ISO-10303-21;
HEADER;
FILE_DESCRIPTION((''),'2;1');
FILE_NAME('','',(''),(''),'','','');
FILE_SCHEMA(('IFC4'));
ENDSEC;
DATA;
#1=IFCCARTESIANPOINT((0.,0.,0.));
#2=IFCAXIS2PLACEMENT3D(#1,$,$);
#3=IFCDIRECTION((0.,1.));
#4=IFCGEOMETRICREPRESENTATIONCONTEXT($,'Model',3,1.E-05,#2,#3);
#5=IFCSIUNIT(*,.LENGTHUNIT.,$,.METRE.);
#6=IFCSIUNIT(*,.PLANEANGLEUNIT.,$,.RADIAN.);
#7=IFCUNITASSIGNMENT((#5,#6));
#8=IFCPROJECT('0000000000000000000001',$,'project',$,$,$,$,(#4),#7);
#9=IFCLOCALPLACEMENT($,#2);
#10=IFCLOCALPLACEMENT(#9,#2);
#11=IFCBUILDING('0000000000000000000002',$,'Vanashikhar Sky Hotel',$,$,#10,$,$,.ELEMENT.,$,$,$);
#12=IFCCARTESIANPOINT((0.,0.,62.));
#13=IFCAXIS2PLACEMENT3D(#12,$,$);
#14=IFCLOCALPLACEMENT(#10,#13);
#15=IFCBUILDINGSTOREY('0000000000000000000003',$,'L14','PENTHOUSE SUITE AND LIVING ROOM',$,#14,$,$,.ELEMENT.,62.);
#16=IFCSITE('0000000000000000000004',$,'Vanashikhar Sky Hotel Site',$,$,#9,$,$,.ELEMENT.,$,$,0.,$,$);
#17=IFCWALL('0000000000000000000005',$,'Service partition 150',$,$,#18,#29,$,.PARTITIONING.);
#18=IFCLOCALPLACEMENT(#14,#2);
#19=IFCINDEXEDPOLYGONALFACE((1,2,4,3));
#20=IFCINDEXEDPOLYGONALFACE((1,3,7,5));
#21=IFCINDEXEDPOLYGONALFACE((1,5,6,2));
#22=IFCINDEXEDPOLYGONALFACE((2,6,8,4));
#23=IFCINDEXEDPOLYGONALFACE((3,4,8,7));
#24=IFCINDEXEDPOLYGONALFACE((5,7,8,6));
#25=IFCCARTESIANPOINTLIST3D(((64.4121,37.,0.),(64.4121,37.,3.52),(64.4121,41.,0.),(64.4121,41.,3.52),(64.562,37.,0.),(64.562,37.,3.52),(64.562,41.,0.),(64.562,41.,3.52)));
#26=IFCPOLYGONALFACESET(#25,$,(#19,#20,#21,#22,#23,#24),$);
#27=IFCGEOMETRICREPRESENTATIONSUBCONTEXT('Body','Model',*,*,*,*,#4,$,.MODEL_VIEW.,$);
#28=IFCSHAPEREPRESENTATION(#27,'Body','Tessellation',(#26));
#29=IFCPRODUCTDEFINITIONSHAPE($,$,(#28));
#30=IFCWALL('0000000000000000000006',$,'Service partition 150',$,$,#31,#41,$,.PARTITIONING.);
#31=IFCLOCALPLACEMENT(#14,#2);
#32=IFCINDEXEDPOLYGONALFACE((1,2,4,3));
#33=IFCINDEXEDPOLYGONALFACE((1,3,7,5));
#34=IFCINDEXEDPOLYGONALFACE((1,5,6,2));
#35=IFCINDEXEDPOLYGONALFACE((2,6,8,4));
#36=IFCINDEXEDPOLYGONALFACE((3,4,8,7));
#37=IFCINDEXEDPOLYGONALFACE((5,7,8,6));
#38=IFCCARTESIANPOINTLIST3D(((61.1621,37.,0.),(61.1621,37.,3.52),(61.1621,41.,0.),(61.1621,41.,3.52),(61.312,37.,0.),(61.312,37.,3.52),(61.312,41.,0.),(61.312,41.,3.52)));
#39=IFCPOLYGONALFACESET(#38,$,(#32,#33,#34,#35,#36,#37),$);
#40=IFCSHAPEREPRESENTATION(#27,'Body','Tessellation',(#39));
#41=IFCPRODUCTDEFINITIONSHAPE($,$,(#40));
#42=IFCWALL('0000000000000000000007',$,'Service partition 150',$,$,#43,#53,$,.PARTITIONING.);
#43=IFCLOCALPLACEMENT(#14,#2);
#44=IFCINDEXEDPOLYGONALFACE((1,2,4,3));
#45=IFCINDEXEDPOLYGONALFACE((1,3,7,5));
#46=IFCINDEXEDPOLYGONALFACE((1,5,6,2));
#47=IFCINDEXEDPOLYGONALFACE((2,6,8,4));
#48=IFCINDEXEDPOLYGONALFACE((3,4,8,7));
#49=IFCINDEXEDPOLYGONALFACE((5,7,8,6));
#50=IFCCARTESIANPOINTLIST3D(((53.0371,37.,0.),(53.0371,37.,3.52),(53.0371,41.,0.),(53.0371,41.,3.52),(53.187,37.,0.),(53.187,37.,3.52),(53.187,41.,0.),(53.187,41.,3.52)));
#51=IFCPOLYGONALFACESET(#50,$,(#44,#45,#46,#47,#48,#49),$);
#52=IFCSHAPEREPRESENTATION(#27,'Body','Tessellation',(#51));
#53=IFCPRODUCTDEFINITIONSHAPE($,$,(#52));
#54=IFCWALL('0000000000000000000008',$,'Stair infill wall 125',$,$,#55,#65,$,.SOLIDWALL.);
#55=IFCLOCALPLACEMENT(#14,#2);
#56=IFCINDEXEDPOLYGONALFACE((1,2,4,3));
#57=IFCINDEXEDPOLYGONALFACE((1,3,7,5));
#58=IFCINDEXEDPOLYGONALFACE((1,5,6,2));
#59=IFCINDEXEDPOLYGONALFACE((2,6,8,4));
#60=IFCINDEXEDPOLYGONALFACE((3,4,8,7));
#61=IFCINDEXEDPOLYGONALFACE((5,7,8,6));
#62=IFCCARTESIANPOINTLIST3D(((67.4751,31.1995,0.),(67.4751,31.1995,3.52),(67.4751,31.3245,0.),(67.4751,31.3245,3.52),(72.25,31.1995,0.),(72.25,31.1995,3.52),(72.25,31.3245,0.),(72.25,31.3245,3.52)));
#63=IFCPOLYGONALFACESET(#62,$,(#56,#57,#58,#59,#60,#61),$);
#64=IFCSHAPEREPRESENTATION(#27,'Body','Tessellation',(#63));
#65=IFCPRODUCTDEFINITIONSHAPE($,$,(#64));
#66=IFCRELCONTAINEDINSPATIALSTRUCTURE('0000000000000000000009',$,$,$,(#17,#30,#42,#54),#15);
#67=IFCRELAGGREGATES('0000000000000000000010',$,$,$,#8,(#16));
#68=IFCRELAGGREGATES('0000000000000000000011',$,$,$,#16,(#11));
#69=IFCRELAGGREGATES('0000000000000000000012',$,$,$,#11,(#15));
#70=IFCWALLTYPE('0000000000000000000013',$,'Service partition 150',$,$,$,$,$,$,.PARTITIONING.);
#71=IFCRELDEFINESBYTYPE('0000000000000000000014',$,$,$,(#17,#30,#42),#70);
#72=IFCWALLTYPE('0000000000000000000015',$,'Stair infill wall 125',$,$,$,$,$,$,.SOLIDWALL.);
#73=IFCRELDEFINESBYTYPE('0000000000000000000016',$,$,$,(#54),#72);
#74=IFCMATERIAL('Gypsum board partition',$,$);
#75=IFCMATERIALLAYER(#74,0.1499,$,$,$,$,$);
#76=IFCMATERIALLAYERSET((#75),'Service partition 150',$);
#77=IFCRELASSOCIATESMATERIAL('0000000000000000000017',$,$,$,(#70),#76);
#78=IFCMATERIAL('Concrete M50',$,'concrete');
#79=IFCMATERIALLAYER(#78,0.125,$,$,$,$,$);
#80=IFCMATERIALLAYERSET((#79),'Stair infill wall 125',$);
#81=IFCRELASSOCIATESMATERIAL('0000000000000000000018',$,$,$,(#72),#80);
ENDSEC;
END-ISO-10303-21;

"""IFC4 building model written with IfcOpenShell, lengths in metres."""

from ifc_helpers import new_model, si_unit, direction, frame, frame_2d, origin, place, context, subcontext, project, spatial, rectangle, extrude, source, transform, mapped, material, layer, layer_set, type_object, element, save


model = new_model("IFC4")

# Units and contexts
model_context = context("Model", 3, precision=1e-05, world=origin(), true_north=direction((0.0, 1.0)))
body_context = subcontext(model_context, "Body", "Model", "MODEL_VIEW")
ifc_project = project(units=[si_unit("LENGTHUNIT", "METRE"), si_unit("PLANEANGLEUNIT", "RADIAN")], contexts=[model_context])

# Site, building, storey
site_placement = place(None, origin())
site = spatial("IfcSite", under=ifc_project, at=site_placement, Name="Vanashikhar Sky Hotel Site", CompositionType="ELEMENT", RefElevation=0.0)
building_placement = place(site_placement, origin())
building = spatial("IfcBuilding", under=site, at=building_placement, Name="Vanashikhar Sky Hotel", CompositionType="ELEMENT")
storey_placement = place(building_placement, frame((0.0, 0.0, 62.0)))
storey = spatial("IfcBuildingStorey", under=building, at=storey_placement, Name="L14", Description="PENTHOUSE SUITE AND LIVING ROOM", CompositionType="ELEMENT", Elevation=62.0)

# Shared definitions
ifc_material_1 = material(Name="Gypsum board partition")
ifc_layer_1 = layer(ifc_material_1, 0.1499)
ifc_layer_set_1 = layer_set([ifc_layer_1], Name="Service partition 150")
wall_type_1 = type_object("IfcWallType", Name="Service partition 150", PredefinedType="PARTITIONING", material=ifc_layer_set_1)

# Walls
shared_shape_1 = source(origin(), body_context, "Body", "SweptSolid", [
    extrude(rectangle(XDim=4.0, YDim=0.1499, at=frame_2d((2.0, 0.0))), origin(), (0.0, 0.0, 1.0), 3.52),
])
for number, where, z_axis, x_axis, name in (
    (1, (64.4871, 37.0, 0.0), (0.0, 0.0, 1.0), (0.0, 1.0, 0.0), "Service partition 150"),
    (2, (61.2371, 37.0, 0.0), (0.0, 0.0, 1.0), (0.0, 1.0, 0.0), "Service partition 150"),
    (3, (53.1121, 37.0, 0.0), (0.0, 0.0, 1.0), (0.0, 1.0, 0.0), "Service partition 150"),
):
    element("IfcWall", number, at=place(storey_placement, frame(where, z_axis=z_axis, x_axis=x_axis)), inside=storey, type_object=wall_type_1, Name=name, PredefinedType="PARTITIONING", context=body_context, shape_type="MappedRepresentation", body=[
        mapped(shared_shape_1, transform((0.0, 0.0, 0.0), scale=1.0)),
    ])
ifc_material_2 = material(Name="Concrete M50", Category="concrete")
ifc_layer_2 = layer(ifc_material_2, 0.125)
ifc_layer_set_2 = layer_set([ifc_layer_2], Name="Stair infill wall 125")
wall_type_2 = type_object("IfcWallType", Name="Stair infill wall 125", PredefinedType="SOLIDWALL", material=ifc_layer_set_2)
shared_shape_2 = source(origin(), body_context, "Body", "SweptSolid", [
    extrude(rectangle(XDim=4.7749, YDim=0.125, at=frame_2d((2.3875, 0.0))), origin(), (0.0, 0.0, 1.0), 3.52),
])
wall_1_placement = place(storey_placement, frame((67.4751, 31.262, 0.0), z_axis=(0.0, 0.0, 1.0), x_axis=(1.0, 0.0, 0.0)))
element("IfcWall", 4, at=wall_1_placement, inside=storey, type_object=wall_type_2, Name="Stair infill wall 125", PredefinedType="SOLIDWALL", context=body_context, shape_type="MappedRepresentation", body=[
    mapped(shared_shape_2, transform((0.0, 0.0, 0.0), scale=1.0)),
])

save(model, "model.ifc")
